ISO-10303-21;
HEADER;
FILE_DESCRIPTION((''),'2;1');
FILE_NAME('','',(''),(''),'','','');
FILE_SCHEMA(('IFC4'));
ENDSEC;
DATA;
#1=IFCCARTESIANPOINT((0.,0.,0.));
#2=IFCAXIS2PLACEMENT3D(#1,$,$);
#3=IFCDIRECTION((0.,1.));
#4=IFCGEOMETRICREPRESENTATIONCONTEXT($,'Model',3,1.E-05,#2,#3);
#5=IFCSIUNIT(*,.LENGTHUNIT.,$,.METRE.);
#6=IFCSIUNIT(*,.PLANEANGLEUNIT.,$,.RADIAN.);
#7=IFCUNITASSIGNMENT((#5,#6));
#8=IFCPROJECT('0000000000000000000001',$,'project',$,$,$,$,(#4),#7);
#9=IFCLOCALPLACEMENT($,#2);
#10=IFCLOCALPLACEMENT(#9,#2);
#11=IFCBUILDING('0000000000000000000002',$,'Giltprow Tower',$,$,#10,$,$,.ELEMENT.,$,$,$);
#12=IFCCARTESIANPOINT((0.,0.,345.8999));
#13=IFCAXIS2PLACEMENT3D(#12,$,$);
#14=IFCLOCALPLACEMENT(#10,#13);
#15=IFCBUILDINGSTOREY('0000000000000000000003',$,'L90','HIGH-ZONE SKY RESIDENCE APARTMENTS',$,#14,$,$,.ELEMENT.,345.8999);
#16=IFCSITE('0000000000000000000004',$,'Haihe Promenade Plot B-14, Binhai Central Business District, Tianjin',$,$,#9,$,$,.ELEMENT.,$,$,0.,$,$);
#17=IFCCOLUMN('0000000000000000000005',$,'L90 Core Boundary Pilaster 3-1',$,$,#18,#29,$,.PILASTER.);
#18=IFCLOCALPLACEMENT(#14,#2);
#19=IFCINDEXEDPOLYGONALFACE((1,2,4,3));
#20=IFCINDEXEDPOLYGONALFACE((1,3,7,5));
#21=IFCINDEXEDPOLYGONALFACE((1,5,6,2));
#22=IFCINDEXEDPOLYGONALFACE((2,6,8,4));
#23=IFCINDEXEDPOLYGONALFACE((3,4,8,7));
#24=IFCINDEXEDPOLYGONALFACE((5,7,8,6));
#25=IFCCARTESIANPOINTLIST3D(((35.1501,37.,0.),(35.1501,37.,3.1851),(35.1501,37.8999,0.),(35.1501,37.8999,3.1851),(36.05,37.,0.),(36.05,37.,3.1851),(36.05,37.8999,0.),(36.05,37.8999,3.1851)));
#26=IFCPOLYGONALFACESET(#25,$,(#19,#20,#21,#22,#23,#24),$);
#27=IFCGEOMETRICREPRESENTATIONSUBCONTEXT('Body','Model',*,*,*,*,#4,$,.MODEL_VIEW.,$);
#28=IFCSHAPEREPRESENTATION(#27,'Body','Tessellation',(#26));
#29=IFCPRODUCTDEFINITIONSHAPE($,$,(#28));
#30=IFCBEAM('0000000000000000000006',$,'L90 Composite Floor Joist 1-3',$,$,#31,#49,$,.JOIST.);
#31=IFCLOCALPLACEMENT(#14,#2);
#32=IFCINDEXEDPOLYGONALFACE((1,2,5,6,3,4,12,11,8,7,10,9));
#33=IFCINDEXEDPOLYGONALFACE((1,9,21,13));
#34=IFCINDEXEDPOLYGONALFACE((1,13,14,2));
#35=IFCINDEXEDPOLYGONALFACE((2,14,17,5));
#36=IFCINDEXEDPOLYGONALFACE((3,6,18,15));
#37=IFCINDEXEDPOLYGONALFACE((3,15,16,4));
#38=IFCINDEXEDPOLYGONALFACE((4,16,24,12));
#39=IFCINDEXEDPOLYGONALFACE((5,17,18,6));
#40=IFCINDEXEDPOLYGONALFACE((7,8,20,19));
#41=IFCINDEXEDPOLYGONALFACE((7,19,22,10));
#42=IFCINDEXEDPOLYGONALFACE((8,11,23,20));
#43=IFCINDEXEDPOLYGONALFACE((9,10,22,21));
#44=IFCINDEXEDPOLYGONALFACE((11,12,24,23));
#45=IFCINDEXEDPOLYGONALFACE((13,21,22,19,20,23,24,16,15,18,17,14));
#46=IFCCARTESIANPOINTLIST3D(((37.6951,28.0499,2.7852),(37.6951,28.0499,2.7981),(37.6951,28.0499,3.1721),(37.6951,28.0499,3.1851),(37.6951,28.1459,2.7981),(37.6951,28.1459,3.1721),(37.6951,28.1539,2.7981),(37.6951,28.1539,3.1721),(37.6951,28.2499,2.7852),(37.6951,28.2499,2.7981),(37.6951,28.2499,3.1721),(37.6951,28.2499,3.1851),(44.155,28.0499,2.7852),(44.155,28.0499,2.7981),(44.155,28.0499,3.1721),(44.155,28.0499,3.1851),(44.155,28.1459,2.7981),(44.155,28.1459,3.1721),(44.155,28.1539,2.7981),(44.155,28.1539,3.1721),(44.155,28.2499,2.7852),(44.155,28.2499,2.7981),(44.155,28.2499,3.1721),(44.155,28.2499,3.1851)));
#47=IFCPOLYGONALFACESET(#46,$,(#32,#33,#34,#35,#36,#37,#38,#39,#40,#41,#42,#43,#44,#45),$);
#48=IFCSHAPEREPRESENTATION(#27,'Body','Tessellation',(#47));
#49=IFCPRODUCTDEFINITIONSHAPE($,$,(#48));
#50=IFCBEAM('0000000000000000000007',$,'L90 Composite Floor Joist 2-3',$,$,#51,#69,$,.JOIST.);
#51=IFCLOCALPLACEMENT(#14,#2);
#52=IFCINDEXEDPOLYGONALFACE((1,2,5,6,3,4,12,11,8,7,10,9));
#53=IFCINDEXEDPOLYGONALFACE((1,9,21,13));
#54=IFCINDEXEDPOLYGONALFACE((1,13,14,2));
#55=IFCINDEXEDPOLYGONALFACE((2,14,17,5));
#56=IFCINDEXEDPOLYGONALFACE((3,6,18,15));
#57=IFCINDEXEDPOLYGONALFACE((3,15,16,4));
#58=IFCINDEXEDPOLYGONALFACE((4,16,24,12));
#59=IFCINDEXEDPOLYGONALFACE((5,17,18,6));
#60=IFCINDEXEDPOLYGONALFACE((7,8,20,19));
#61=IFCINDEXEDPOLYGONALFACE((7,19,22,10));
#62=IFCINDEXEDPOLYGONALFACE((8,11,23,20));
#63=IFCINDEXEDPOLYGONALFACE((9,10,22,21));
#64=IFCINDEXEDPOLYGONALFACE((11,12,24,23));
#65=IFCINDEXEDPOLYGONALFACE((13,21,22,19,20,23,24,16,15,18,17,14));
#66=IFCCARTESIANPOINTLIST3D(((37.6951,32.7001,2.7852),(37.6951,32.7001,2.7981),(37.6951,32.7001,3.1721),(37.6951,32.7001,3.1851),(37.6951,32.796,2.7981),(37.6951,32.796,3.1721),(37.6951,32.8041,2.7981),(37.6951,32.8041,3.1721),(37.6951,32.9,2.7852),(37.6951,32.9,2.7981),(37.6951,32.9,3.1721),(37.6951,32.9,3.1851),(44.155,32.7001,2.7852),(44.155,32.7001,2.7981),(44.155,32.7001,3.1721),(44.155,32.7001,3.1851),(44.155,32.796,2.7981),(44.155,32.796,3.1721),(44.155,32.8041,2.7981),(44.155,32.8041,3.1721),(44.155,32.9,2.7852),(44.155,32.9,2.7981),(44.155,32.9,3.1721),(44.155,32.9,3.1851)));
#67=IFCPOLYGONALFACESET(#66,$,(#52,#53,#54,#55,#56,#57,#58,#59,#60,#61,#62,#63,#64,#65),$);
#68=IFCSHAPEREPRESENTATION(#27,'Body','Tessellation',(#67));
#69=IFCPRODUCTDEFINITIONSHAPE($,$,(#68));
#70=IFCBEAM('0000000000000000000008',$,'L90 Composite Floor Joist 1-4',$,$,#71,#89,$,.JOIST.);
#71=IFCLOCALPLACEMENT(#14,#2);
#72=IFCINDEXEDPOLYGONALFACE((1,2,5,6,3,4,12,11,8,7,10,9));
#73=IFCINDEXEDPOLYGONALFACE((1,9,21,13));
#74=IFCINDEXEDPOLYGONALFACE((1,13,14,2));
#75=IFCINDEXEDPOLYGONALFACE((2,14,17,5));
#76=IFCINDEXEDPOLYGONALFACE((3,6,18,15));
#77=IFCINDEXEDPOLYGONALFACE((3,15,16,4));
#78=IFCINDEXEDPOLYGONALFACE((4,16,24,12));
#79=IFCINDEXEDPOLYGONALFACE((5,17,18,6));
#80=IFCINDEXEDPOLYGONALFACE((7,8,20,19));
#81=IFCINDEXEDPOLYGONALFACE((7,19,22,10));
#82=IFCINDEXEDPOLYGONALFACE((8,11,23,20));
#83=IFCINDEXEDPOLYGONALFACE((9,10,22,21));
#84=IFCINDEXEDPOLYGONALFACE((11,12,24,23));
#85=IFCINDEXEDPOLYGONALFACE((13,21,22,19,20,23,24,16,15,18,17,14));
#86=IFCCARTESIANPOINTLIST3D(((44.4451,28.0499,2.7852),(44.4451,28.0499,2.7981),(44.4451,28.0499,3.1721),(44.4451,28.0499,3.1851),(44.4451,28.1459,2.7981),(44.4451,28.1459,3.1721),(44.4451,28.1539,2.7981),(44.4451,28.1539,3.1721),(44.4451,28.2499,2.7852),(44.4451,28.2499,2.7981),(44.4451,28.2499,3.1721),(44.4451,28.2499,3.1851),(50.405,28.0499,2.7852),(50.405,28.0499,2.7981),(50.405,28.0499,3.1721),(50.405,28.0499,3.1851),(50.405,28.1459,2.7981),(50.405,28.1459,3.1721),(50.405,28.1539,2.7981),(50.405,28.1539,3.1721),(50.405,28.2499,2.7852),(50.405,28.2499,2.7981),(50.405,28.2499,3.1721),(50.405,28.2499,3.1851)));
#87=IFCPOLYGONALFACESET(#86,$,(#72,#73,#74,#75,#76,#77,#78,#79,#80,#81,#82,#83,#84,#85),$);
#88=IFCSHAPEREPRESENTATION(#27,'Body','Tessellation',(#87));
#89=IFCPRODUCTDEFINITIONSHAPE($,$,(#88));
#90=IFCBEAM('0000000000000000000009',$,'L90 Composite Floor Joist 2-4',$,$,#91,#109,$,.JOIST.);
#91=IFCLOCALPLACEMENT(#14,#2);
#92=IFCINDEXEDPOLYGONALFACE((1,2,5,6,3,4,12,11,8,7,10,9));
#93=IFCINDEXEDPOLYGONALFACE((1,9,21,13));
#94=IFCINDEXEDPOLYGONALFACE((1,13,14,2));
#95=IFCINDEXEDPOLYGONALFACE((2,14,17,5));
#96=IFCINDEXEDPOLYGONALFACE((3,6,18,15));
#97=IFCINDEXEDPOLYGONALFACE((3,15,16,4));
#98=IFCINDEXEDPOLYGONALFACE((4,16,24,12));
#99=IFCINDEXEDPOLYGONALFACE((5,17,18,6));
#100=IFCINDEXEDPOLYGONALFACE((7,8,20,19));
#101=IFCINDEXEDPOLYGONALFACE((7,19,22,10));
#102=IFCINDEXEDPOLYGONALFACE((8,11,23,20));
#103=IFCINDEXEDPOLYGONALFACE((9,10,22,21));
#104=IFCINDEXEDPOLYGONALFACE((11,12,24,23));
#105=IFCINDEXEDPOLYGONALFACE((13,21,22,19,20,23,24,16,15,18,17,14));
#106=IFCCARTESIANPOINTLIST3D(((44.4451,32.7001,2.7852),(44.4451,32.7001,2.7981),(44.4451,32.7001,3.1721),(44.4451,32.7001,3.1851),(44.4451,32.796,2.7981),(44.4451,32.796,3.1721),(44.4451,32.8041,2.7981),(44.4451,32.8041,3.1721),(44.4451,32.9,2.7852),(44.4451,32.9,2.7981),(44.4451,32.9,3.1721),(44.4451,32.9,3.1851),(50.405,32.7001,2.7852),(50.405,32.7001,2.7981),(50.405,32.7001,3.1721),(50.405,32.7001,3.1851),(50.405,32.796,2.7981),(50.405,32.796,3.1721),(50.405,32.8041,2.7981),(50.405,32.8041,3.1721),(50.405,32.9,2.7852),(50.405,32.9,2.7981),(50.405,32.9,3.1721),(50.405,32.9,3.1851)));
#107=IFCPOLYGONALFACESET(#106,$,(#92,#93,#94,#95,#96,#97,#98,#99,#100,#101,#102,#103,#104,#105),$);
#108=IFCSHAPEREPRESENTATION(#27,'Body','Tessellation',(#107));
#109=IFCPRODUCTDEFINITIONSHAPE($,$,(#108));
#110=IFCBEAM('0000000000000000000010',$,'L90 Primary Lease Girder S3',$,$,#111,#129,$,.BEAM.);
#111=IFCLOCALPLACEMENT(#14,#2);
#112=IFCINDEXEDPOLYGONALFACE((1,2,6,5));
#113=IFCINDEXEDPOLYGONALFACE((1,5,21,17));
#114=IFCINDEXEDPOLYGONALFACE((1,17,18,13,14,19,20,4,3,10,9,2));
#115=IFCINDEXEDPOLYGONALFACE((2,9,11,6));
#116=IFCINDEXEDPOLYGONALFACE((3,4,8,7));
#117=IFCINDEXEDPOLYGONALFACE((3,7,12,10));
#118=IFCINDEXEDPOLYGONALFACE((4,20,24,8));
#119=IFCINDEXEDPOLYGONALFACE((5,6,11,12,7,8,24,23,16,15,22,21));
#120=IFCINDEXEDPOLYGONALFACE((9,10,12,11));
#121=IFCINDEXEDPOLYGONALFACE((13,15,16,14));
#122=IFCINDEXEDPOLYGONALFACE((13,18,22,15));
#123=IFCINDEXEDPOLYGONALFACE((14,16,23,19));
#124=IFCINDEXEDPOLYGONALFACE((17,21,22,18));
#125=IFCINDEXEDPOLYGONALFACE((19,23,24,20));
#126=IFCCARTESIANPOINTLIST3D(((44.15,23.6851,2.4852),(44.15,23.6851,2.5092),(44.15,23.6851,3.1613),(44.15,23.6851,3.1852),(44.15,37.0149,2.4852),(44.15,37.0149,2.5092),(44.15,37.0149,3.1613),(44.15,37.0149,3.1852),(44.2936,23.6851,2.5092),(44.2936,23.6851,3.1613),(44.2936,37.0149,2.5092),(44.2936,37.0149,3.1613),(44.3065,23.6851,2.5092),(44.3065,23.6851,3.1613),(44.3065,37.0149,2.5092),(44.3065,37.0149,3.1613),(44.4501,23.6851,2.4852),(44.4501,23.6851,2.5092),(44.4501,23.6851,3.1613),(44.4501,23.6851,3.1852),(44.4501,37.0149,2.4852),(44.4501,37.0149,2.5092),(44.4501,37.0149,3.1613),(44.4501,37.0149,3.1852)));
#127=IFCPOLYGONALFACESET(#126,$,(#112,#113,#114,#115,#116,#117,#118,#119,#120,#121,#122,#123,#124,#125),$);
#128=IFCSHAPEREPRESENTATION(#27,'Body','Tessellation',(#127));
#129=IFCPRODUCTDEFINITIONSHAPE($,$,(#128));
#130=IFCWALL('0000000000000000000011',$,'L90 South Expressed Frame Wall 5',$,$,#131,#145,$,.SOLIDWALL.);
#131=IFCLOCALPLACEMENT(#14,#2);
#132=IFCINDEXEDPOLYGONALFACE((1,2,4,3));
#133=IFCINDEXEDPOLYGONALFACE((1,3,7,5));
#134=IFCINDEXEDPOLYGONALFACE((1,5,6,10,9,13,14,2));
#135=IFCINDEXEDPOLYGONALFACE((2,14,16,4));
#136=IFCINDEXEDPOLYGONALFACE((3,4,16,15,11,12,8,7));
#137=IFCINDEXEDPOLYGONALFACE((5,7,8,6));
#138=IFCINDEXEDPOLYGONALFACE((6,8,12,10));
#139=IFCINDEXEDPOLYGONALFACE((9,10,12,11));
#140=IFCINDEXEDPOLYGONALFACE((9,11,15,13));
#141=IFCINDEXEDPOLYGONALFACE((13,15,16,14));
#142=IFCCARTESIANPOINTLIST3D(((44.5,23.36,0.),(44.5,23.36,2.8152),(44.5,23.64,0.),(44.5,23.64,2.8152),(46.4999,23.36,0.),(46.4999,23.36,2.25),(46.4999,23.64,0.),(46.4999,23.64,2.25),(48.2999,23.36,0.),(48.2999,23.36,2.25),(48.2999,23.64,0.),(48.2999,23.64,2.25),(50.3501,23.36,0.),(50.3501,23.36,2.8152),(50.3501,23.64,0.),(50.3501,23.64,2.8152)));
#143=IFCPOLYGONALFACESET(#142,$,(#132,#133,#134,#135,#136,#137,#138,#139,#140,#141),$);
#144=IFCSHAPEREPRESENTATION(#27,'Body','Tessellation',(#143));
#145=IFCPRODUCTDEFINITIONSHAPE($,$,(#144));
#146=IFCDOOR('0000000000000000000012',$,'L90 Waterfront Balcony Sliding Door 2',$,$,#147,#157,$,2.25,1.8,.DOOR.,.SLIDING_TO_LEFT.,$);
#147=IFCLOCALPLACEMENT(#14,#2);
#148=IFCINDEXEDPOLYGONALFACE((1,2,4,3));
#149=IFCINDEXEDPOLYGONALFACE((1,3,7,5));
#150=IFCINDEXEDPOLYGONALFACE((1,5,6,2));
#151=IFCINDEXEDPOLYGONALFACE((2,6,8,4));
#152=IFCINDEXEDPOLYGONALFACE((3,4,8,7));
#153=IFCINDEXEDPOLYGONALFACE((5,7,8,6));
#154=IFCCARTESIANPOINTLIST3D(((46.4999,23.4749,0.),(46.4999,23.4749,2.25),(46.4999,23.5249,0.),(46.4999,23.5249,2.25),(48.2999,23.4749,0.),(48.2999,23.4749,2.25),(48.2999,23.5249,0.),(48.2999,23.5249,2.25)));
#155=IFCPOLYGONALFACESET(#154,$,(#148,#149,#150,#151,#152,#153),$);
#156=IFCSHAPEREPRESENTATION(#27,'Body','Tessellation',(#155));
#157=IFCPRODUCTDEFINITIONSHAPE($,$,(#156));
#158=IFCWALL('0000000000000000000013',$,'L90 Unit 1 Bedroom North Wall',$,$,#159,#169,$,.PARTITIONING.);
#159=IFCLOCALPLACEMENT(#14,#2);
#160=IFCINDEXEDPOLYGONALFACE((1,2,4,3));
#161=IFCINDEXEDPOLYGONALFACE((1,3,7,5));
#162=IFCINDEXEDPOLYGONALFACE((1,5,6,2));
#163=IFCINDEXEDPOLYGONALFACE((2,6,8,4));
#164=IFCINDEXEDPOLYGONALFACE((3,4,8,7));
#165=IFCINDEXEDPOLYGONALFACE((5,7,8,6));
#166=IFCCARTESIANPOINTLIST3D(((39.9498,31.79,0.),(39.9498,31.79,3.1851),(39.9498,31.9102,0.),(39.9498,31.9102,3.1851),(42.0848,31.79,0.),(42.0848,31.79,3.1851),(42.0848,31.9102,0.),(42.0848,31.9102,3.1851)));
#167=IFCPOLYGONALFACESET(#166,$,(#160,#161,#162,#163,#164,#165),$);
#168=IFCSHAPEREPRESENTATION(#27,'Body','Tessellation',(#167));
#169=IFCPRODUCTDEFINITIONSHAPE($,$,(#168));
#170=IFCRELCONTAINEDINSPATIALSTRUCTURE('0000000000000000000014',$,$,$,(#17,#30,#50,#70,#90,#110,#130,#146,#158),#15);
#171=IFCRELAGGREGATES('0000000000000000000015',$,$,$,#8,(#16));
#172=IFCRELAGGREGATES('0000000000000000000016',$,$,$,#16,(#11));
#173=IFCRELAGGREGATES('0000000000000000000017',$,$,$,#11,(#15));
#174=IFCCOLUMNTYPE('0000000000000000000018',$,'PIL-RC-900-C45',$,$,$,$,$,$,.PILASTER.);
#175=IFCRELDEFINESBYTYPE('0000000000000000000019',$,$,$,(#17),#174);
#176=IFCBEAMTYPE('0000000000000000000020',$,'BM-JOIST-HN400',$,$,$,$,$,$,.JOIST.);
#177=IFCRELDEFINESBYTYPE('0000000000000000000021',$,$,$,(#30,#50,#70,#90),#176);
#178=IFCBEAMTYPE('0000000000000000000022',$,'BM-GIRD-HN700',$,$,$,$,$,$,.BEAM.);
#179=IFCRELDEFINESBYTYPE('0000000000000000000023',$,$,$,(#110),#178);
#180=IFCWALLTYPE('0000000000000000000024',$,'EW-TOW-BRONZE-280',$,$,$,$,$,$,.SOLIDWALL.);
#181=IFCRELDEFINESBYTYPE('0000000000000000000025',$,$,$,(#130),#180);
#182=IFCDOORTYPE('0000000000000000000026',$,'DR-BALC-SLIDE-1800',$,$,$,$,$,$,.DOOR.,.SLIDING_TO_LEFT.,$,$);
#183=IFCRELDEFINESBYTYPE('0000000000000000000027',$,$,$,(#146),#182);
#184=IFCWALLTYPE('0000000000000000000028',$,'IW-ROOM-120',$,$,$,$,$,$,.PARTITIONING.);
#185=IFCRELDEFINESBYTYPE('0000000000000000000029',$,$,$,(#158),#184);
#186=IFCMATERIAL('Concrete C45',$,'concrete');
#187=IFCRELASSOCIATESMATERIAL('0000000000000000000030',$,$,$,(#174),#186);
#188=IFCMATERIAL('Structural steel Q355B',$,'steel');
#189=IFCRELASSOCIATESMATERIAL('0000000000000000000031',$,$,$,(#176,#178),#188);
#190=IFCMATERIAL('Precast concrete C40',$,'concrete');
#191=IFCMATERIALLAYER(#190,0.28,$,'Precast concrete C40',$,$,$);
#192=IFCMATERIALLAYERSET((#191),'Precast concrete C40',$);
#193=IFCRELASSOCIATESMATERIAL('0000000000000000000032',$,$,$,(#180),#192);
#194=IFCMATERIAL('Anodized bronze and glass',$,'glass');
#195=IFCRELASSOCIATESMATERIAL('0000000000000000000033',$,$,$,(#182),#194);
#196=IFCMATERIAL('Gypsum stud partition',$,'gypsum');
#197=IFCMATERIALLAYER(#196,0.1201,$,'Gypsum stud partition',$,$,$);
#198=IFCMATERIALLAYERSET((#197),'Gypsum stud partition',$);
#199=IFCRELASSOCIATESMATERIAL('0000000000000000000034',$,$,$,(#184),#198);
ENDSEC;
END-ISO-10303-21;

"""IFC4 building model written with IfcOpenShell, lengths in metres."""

from ifc_helpers import new_model, si_unit, direction, frame, frame_2d, origin, origin_2d, place, context, subcontext, project, spatial, rectangle, i_section, extrude, source, transform, mapped, material, layer, layer_set, material_profile, profile_set, type_object, element, fill, save


model = new_model("IFC4")

# Units and contexts
model_context = context("Model", 3, precision=1e-05, world=origin(), true_north=direction((0.0, 1.0)))
body_context = subcontext(model_context, "Body", "Model", "MODEL_VIEW")
ifc_project = project(units=[si_unit("LENGTHUNIT", "METRE"), si_unit("PLANEANGLEUNIT", "RADIAN")], contexts=[model_context])

# Site, building, storey
site_placement = place(None, origin())
site = spatial("IfcSite", under=ifc_project, at=site_placement, Name="Haihe Promenade Plot B-14, Binhai Central Business District, Tianjin", CompositionType="ELEMENT", RefElevation=0.0)
building_placement = place(site_placement, origin())
building = spatial("IfcBuilding", under=site, at=building_placement, Name="Giltprow Tower", CompositionType="ELEMENT")
storey_placement = place(building_placement, frame((0.0, 0.0, 345.8999)))
storey = spatial("IfcBuildingStorey", under=building, at=storey_placement, Name="L90", Description="HIGH-ZONE SKY RESIDENCE APARTMENTS", CompositionType="ELEMENT", Elevation=345.8999)

# Column
ifc_material_1 = material(Name="Concrete C45", Category="concrete")
ifc_material_profile_1 = material_profile(ifc_material_1, rectangle(XDim=0.8999, YDim=0.8999, at=origin_2d()), Name="RC 900x900")
ifc_profile_set_1 = profile_set([ifc_material_profile_1], Name="Concrete C45")
column_type = type_object("IfcColumnType", Name="PIL-RC-900-C45", PredefinedType="PILASTER", material=ifc_profile_set_1)
shared_shape_1 = source(origin(), body_context, "Body", "SweptSolid", [
    extrude(rectangle(XDim=0.8999, YDim=0.8999, at=origin_2d()), origin(), (0.0, 0.0, 1.0), 3.1851),
])
column_placement = place(storey_placement, frame((35.6001, 37.45, 0.0), z_axis=(0.0, 0.0, 1.0), x_axis=(1.0, 0.0, 0.0)))
element("IfcColumn", 1, at=column_placement, inside=storey, type_object=column_type, Name="L90 Core Boundary Pilaster 3-1", PredefinedType="PILASTER", context=body_context, shape_type="MappedRepresentation", body=[
    mapped(shared_shape_1, transform((0.0, 0.0, 0.0), x_axis=(1.0, 0.0, 0.0), y_axis=(0.0, 1.0, 0.0), z_axis=(0.0, 0.0, 1.0), scale=1.0)),
])

# Beams
ifc_material_2 = material(Name="Structural steel Q355B", Category="steel")
ifc_material_profile_2 = material_profile(ifc_material_2, i_section(OverallWidth=0.2, OverallDepth=0.3999, WebThickness=0.0081, FlangeThickness=0.0129, at=origin_2d()), Name="HN 400x200x8x13")
ifc_profile_set_2 = profile_set([ifc_material_profile_2], Name="Structural steel Q355B")
beam_type_1 = type_object("IfcBeamType", Name="BM-JOIST-HN400", PredefinedType="JOIST", material=ifc_profile_set_2)
shared_shape_2 = source(origin(), body_context, "Body", "SweptSolid", [
    extrude(i_section(OverallWidth=0.2, OverallDepth=0.3999, WebThickness=0.0081, FlangeThickness=0.0129, at=origin_2d()), origin(), (0.0, 0.0, 1.0), 6.46),
])
for number, where, z_axis, x_axis, name in (
    (2, (37.6951, 28.1499, 2.9851), (1.0, 0.0, 0.0), (0.0, 1.0, 0.0), "L90 Composite Floor Joist 1-3"),
    (3, (37.6951, 32.8, 2.9851), (1.0, 0.0, 0.0), (0.0, 1.0, 0.0), "L90 Composite Floor Joist 2-3"),
):
    element("IfcBeam", number, at=place(storey_placement, frame(where, z_axis=z_axis, x_axis=x_axis)), inside=storey, type_object=beam_type_1, Name=name, PredefinedType="JOIST", context=body_context, shape_type="MappedRepresentation", body=[
        mapped(shared_shape_2, transform((0.0, 0.0, 0.0), x_axis=(1.0, 0.0, 0.0), y_axis=(0.0, 1.0, 0.0), z_axis=(0.0, 0.0, 1.0), scale=1.0)),
    ])
shared_shape_3 = source(origin(), body_context, "Body", "SweptSolid", [
    extrude(i_section(OverallWidth=0.2, OverallDepth=0.3999, WebThickness=0.0081, FlangeThickness=0.0129, at=origin_2d()), origin(), (0.0, 0.0, 1.0), 5.96),
])
for number, where, z_axis, x_axis, name in (
    (4, (44.4451, 28.1499, 2.9851), (1.0, 0.0, 0.0), (0.0, 1.0, 0.0), "L90 Composite Floor Joist 1-4"),
    (5, (44.4451, 32.8, 2.9851), (1.0, 0.0, 0.0), (0.0, 1.0, 0.0), "L90 Composite Floor Joist 2-4"),
):
    element("IfcBeam", number, at=place(storey_placement, frame(where, z_axis=z_axis, x_axis=x_axis)), inside=storey, type_object=beam_type_1, Name=name, PredefinedType="JOIST", context=body_context, shape_type="MappedRepresentation", body=[
        mapped(shared_shape_3, transform((0.0, 0.0, 0.0), x_axis=(1.0, 0.0, 0.0), y_axis=(0.0, 1.0, 0.0), z_axis=(0.0, 0.0, 1.0), scale=1.0)),
    ])
ifc_material_profile_3 = material_profile(ifc_material_2, i_section(OverallWidth=0.3, OverallDepth=0.7, WebThickness=0.0129, FlangeThickness=0.0239, at=origin_2d()), Name="HN 700x300x13x24")
ifc_profile_set_3 = profile_set([ifc_material_profile_3], Name="Structural steel Q355B")
beam_type_2 = type_object("IfcBeamType", Name="BM-GIRD-HN700", PredefinedType="BEAM", material=ifc_profile_set_3)
shared_shape_4 = source(origin(), body_context, "Body", "SweptSolid", [
    extrude(i_section(OverallWidth=0.3, OverallDepth=0.7, WebThickness=0.0129, FlangeThickness=0.0239, at=origin_2d()), origin(), (0.0, 0.0, 1.0), 13.3298),
])
beam_placement = place(storey_placement, frame((44.3, 23.6851, 2.8352), z_axis=(0.0, 1.0, 0.0), x_axis=(-1.0, 0.0, 0.0)))
element("IfcBeam", 6, at=beam_placement, inside=storey, type_object=beam_type_2, Name="L90 Primary Lease Girder S3", PredefinedType="BEAM", context=body_context, shape_type="MappedRepresentation", body=[
    mapped(shared_shape_4, transform((0.0, 0.0, 0.0), x_axis=(1.0, 0.0, 0.0), y_axis=(0.0, 1.0, 0.0), z_axis=(0.0, 0.0, 1.0), scale=1.0)),
])

# Wall, opening, door
ifc_material_3 = material(Name="Precast concrete C40", Category="concrete")
ifc_layer_1 = layer(ifc_material_3, 0.28, Name="Precast concrete C40")
ifc_layer_set_1 = layer_set([ifc_layer_1], Name="Precast concrete C40")
wall_type_1 = type_object("IfcWallType", Name="EW-TOW-BRONZE-280", PredefinedType="SOLIDWALL", material=ifc_layer_set_1)
wall_1_placement = place(storey_placement, frame((44.5, 23.5, 0.0), z_axis=(0.0, 0.0, 1.0), x_axis=(1.0, 0.0, 0.0)))
wall_1 = element("IfcWall", 7, at=wall_1_placement, inside=storey, type_object=wall_type_1, Name="L90 South Expressed Frame Wall 5", PredefinedType="SOLIDWALL", context=body_context, shape_type="SweptSolid", body=[
    extrude(rectangle(XDim=5.8501, YDim=0.28, at=frame_2d((2.925, 0.0))), origin(), (0.0, 0.0, 1.0), 2.8152),
])
opening_1_placement = place(wall_1_placement, frame((2.0, 0.0, 0.0)))
opening_1 = element("IfcOpeningElement", 8, at=opening_1_placement, cuts=wall_1, PredefinedType="OPENING", context=body_context, shape_type="SweptSolid", body=[
    extrude(rectangle(XDim=1.8, YDim=2.25, at=frame_2d((0.8999, 1.125))), frame((0.0, 0.1499, 0.0), z_axis=(0.0, -1.0, 0.0), x_axis=(1.0, 0.0, 0.0)), (0.0, 0.0, 1.0), 0.3),
])
ifc_material_4 = material(Name="Anodized bronze and glass", Category="glass")
door_type_1 = type_object("IfcDoorType", Name="DR-BALC-SLIDE-1800", OperationType="SLIDING_TO_LEFT", PredefinedType="DOOR", material=ifc_material_4)
shared_shape_5 = source(origin(), body_context, "Body", "SweptSolid", [
    extrude(rectangle(XDim=1.8, YDim=2.25, at=frame_2d((0.8999, 1.125))), frame((0.0, 0.0249, 0.0), z_axis=(0.0, -1.0, 0.0), x_axis=(1.0, 0.0, 0.0)), (0.0, 0.0, 1.0), 0.05),
])
door_1_placement = place(opening_1_placement, origin())
door_1 = element("IfcDoor", 9, at=door_1_placement, inside=storey, type_object=door_type_1, Name="L90 Waterfront Balcony Sliding Door 2", OperationType="SLIDING_TO_LEFT", OverallHeight=2.25, OverallWidth=1.8, PredefinedType="DOOR", context=body_context, shape_type="MappedRepresentation", body=[
    mapped(shared_shape_5, transform((0.0, 0.0, 0.0), x_axis=(1.0, 0.0, 0.0), y_axis=(0.0, 1.0, 0.0), z_axis=(0.0, 0.0, 1.0), scale=1.0)),
])
fill(opening_1, door_1)

# Wall
ifc_material_5 = material(Name="Gypsum stud partition", Category="gypsum")
ifc_layer_2 = layer(ifc_material_5, 0.1201, Name="Gypsum stud partition")
ifc_layer_set_2 = layer_set([ifc_layer_2], Name="Gypsum stud partition")
wall_type_2 = type_object("IfcWallType", Name="IW-ROOM-120", PredefinedType="PARTITIONING", material=ifc_layer_set_2)
wall_2_placement = place(storey_placement, frame((39.95, 31.8501, 0.0), z_axis=(0.0, 0.0, 1.0), x_axis=(1.0, 0.0, 0.0)))
element("IfcWall", 10, at=wall_2_placement, inside=storey, type_object=wall_type_2, Name="L90 Unit 1 Bedroom North Wall", PredefinedType="PARTITIONING", context=body_context, shape_type="SweptSolid", body=[
    extrude(rectangle(XDim=2.135, YDim=0.1201, at=frame_2d((1.0674, 0.0))), origin(), (0.0, 0.0, 1.0), 3.1851),
])

save(model, "model.ifc")
